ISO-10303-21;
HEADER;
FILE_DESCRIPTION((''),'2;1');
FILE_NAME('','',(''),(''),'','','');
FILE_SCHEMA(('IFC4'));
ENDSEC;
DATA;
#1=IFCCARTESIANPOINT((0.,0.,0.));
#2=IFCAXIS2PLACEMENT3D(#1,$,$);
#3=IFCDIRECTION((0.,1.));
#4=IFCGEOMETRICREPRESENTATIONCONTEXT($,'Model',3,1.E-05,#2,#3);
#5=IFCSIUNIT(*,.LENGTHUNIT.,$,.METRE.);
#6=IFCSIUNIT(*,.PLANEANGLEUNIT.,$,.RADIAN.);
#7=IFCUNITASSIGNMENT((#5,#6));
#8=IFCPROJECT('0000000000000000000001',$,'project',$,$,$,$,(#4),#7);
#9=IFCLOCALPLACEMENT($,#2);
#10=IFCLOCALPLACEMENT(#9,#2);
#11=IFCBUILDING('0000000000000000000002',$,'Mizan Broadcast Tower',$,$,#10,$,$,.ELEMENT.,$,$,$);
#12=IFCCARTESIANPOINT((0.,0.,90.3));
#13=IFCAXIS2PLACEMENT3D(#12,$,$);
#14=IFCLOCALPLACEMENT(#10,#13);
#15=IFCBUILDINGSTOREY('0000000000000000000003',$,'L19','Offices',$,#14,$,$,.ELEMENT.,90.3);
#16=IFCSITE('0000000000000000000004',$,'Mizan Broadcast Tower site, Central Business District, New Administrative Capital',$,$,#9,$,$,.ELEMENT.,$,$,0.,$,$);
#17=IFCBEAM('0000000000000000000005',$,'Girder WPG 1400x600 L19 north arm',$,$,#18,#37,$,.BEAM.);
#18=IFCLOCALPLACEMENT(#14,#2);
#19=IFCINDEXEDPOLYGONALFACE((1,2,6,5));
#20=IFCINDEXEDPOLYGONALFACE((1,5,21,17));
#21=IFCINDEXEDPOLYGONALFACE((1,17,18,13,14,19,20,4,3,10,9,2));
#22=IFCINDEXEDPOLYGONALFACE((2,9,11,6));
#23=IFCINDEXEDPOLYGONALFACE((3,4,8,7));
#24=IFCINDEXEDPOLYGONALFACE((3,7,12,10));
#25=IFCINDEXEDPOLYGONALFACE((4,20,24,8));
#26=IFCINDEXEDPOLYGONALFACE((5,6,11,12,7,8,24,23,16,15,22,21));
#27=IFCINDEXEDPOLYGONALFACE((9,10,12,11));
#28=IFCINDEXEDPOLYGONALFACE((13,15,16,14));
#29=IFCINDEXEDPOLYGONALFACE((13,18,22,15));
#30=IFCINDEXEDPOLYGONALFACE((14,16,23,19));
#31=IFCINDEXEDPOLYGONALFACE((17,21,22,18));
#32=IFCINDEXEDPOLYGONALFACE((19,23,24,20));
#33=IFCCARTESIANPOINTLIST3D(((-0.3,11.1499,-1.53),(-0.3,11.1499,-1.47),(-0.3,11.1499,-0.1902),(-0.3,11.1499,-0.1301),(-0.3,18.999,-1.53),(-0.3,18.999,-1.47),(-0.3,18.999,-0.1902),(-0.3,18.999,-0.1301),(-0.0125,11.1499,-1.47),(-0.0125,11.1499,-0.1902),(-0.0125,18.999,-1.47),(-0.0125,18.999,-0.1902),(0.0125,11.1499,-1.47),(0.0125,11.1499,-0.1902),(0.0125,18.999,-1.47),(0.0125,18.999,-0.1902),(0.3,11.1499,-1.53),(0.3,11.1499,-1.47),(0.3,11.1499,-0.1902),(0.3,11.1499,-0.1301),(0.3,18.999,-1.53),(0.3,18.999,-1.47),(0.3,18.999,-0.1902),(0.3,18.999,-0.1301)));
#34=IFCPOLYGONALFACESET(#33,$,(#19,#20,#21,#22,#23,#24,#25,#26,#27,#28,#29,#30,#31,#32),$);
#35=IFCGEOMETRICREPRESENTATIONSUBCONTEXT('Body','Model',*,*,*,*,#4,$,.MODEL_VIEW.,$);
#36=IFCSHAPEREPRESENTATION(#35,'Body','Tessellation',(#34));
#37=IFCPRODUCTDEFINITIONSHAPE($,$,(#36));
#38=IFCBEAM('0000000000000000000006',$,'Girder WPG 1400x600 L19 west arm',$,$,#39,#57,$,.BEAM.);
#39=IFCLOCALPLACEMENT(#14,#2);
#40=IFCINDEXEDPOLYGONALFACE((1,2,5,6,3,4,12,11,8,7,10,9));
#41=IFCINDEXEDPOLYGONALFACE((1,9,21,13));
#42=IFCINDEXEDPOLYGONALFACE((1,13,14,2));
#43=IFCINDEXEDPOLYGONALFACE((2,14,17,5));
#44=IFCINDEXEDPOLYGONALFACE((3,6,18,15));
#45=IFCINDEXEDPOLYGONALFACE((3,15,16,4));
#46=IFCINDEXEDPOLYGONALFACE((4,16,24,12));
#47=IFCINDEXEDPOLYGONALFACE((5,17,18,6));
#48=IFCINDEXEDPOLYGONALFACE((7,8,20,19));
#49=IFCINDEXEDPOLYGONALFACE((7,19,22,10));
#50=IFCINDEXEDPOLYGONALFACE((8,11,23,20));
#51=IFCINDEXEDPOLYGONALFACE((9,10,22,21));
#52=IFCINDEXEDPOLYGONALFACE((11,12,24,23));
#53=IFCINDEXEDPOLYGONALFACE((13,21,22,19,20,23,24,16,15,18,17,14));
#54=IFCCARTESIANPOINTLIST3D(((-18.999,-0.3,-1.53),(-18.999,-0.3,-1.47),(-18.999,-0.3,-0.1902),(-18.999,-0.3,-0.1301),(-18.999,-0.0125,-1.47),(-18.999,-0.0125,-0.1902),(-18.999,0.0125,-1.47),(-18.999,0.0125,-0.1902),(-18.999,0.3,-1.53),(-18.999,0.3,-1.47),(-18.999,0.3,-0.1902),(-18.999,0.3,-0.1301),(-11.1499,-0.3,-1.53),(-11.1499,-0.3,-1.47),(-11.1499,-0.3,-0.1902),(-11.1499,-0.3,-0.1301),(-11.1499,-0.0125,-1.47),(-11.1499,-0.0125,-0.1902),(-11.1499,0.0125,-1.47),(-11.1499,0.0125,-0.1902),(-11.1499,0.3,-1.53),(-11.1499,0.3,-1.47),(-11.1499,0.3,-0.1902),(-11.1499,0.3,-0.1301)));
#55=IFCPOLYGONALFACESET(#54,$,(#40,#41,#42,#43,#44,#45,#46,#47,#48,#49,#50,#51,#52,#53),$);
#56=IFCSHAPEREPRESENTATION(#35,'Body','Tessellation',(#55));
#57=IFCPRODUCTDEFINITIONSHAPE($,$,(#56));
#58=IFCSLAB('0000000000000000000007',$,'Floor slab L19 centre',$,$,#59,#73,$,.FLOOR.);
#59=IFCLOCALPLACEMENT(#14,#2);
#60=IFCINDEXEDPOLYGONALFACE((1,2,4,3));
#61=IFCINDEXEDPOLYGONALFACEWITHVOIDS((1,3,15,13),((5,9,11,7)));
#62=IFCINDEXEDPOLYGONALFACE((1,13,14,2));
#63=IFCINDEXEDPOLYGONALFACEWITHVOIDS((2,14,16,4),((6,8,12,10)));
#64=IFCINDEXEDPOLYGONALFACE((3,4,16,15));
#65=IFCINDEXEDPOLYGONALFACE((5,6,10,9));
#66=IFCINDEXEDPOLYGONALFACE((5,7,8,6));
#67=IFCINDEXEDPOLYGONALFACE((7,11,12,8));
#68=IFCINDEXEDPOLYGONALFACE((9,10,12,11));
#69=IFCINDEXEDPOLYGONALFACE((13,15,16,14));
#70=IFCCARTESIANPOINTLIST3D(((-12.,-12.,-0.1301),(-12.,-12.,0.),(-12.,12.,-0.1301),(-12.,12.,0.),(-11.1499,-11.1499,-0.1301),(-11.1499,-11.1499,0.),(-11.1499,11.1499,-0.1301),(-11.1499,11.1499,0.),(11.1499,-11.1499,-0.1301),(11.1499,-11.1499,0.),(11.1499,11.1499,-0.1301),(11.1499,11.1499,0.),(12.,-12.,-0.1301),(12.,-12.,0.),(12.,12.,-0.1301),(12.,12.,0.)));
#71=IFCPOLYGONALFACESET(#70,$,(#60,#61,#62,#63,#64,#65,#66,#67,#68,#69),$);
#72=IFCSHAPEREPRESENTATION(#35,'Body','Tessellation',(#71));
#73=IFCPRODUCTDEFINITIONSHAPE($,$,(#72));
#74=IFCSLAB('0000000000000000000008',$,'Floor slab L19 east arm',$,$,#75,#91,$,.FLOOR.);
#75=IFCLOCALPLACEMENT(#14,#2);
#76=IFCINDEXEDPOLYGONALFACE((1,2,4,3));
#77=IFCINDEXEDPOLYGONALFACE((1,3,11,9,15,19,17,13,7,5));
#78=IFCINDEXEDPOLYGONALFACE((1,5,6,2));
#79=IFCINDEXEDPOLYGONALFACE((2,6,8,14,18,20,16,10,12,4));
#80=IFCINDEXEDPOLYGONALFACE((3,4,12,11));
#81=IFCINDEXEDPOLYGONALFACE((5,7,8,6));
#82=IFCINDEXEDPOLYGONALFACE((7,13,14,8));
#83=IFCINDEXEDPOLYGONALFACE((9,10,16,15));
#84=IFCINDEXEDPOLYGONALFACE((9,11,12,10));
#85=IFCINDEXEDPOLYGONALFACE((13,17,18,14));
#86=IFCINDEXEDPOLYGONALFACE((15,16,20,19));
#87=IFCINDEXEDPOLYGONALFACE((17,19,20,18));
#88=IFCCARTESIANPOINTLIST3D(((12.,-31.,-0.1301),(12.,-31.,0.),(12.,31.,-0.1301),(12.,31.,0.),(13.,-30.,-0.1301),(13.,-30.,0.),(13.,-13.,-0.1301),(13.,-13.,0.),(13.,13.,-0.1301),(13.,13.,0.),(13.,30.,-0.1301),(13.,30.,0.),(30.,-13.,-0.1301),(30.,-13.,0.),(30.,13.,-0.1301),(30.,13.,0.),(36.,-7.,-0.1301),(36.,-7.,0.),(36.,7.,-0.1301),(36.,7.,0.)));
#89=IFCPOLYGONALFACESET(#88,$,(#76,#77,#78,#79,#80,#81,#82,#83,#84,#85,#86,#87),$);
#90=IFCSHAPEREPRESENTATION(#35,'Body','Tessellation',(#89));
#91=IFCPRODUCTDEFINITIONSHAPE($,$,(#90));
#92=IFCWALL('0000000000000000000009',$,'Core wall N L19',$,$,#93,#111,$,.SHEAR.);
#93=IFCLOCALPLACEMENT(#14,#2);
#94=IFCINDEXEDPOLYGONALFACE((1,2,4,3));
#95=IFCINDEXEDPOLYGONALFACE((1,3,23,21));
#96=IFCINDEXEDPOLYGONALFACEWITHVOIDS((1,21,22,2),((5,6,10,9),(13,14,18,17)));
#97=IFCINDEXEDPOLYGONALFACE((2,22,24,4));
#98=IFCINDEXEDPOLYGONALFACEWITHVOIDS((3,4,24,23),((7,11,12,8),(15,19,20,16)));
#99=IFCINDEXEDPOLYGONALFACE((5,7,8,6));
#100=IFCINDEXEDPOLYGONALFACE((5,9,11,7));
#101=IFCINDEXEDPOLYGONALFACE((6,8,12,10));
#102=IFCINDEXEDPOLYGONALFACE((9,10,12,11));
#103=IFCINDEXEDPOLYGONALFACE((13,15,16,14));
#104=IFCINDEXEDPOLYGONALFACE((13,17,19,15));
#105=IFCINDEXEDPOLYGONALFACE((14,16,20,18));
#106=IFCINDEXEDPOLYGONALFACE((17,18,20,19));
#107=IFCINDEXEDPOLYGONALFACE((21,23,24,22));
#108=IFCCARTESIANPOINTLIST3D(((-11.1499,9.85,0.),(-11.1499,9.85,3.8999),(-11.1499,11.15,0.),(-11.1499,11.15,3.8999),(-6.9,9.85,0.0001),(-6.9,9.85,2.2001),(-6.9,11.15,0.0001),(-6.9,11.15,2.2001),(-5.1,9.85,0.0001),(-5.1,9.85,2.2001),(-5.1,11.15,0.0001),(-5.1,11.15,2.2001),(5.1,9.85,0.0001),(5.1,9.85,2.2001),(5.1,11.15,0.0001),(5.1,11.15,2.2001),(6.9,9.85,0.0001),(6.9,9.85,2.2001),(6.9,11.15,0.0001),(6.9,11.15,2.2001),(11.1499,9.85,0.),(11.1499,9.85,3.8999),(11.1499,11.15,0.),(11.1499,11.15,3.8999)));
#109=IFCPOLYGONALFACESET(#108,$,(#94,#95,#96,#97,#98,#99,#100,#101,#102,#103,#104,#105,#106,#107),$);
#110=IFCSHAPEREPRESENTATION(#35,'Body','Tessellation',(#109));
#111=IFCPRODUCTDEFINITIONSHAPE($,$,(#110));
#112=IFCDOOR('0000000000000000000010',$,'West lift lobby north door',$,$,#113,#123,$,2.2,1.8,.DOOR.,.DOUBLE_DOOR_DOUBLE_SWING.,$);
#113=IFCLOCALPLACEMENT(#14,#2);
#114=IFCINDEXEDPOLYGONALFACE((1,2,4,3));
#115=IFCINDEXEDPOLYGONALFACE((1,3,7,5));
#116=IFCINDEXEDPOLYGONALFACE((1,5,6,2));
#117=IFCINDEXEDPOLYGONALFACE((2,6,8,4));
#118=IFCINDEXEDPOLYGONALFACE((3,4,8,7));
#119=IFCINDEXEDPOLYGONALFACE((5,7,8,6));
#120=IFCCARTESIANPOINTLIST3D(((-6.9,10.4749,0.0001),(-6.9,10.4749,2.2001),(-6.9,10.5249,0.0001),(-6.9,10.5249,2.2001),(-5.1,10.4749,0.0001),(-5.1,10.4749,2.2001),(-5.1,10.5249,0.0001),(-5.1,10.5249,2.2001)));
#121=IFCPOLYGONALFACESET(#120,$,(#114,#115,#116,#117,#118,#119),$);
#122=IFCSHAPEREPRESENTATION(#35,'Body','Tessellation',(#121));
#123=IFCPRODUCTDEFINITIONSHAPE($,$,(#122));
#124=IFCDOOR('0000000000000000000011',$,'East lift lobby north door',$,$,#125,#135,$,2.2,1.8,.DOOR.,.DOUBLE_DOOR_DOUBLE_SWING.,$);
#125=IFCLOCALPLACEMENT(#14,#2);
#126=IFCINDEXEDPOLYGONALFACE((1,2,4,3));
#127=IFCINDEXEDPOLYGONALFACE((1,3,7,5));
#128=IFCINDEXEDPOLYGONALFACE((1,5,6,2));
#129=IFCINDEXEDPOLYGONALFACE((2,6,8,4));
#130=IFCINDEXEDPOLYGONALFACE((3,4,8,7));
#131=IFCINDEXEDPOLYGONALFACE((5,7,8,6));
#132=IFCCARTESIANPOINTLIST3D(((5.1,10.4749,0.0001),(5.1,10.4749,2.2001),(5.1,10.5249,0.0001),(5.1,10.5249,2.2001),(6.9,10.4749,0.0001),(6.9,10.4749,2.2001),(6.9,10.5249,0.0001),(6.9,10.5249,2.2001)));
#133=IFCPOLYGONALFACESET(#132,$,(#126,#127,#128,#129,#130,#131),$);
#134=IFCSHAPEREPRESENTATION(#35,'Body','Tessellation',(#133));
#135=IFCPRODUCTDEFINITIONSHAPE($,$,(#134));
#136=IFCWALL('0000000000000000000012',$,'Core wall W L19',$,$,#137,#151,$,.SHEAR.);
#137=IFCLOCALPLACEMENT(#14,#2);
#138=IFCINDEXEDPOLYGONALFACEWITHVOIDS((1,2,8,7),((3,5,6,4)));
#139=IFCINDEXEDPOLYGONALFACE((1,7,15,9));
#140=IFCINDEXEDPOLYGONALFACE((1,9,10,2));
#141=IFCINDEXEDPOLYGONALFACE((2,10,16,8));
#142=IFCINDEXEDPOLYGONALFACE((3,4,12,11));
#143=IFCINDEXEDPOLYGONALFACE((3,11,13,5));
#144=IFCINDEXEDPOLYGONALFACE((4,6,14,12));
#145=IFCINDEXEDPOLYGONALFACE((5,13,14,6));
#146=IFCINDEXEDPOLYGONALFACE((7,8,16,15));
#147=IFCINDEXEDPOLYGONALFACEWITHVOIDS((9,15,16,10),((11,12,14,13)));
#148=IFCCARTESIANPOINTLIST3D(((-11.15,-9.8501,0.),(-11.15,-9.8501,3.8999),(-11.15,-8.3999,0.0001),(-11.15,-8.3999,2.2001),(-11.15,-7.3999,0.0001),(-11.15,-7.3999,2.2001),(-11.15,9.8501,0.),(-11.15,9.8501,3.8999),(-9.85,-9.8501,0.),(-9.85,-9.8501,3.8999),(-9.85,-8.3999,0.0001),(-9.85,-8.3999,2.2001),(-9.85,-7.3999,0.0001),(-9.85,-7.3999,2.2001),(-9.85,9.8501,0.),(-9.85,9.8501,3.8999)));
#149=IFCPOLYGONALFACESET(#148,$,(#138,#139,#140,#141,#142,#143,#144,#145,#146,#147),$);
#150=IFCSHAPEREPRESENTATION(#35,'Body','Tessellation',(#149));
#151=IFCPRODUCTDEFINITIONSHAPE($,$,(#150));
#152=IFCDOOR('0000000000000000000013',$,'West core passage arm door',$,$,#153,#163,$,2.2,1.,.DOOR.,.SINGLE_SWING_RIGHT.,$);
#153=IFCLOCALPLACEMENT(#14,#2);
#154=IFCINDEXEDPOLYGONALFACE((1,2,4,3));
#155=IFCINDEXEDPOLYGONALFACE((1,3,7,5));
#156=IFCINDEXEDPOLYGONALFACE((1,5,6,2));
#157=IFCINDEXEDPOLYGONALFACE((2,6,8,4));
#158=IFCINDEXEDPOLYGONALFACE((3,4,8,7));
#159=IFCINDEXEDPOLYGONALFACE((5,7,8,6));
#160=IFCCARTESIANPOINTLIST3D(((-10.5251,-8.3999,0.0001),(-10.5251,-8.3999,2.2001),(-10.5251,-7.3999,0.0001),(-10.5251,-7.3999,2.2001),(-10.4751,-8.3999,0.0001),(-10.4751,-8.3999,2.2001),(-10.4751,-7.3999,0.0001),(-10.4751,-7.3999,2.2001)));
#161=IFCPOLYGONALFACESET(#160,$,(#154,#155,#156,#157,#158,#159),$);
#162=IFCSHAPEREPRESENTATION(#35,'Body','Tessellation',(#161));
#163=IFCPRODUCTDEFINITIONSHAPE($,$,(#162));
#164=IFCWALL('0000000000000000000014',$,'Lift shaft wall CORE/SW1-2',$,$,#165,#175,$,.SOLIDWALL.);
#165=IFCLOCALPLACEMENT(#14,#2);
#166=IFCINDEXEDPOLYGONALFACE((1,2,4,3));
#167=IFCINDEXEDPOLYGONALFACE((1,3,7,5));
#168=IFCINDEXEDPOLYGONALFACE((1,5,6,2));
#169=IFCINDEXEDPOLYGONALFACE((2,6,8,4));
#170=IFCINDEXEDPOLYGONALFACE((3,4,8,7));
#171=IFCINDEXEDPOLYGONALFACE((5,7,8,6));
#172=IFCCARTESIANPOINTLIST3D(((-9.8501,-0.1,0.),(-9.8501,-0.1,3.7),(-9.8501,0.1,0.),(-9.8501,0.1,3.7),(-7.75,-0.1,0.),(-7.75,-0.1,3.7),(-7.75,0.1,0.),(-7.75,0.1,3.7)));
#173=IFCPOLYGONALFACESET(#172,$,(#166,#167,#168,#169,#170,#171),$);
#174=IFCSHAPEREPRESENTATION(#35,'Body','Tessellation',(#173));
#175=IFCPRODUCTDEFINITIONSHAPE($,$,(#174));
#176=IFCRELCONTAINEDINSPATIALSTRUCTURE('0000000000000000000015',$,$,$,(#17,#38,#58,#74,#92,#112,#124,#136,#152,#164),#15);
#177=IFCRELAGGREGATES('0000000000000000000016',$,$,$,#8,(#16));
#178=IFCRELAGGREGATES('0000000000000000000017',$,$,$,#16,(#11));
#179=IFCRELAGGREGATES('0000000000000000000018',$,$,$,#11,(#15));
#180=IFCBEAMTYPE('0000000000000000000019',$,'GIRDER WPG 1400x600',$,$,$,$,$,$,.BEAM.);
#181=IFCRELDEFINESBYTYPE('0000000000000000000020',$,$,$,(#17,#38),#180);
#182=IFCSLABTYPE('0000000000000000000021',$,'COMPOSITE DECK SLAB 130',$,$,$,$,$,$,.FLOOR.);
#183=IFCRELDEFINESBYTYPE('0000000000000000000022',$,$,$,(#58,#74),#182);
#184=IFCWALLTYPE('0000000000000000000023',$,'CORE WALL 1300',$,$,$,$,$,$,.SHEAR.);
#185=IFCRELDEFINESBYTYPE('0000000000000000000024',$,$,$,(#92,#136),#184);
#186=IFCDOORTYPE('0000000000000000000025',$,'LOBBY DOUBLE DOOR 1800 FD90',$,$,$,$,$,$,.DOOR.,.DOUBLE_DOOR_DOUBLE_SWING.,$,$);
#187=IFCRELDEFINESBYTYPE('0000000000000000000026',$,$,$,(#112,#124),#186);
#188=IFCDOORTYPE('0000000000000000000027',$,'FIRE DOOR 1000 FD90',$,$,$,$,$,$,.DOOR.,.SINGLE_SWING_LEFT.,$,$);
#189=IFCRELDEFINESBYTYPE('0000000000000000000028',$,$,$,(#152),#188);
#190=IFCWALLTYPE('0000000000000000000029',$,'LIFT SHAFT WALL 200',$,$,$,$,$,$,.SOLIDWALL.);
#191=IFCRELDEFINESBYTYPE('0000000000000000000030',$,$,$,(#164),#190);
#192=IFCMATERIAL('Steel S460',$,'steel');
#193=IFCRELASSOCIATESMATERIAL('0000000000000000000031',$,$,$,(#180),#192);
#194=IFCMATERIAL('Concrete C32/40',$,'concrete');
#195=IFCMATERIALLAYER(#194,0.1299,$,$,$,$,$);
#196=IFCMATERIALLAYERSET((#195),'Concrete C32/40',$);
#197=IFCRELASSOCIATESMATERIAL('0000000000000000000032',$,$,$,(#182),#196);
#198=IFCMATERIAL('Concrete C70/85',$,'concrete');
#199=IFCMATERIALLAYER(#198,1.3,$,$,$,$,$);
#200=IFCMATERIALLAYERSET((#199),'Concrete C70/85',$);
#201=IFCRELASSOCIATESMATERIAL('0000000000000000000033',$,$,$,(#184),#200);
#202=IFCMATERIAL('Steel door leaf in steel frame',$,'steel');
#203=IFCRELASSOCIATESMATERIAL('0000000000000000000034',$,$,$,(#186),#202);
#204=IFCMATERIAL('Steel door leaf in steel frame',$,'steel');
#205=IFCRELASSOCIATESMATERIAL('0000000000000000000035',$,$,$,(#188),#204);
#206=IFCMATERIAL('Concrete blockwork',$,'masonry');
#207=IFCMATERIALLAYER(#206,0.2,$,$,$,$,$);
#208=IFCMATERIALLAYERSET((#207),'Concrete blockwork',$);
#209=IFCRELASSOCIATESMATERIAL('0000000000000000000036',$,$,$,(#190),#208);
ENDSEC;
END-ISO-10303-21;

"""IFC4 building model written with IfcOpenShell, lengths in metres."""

from ifc_helpers import new_model, si_unit, direction, frame, frame_2d, origin, origin_2d, place, context, subcontext, project, spatial, polyline, rectangle, i_section, outline, extrude, material, layer, layer_set, material_profile, profile_set, type_object, element, fill, save


model = new_model("IFC4")

# Units and contexts
model_context = context("Model", 3, precision=1e-05, world=origin(), true_north=direction((0.0, 1.0)))
body_context = subcontext(model_context, "Body", "Model", "MODEL_VIEW")
ifc_project = project(units=[si_unit("LENGTHUNIT", "METRE"), si_unit("PLANEANGLEUNIT", "RADIAN")], contexts=[model_context])

# Site, building, storey
site_placement = place(None, origin())
site = spatial("IfcSite", under=ifc_project, at=site_placement, Name="Mizan Broadcast Tower site, Central Business District, New Administrative Capital", CompositionType="ELEMENT", RefElevation=0.0)
building_placement = place(site_placement, origin())
building = spatial("IfcBuilding", under=site, at=building_placement, Name="Mizan Broadcast Tower", CompositionType="ELEMENT")
storey_placement = place(building_placement, frame((0.0, 0.0, 90.3)))
storey = spatial("IfcBuildingStorey", under=building, at=storey_placement, Name="L19", Description="Offices", CompositionType="ELEMENT", Elevation=90.3)

# Beams
ifc_material_1 = material(Name="Steel S460", Category="steel")
ifc_material_profile = material_profile(ifc_material_1, i_section(OverallWidth=0.6001, OverallDepth=1.3999, WebThickness=0.0249, FlangeThickness=0.0601, at=origin_2d()), Name="WPG 1400x600")
ifc_profile_set = profile_set([ifc_material_profile], Name="Steel S460")
beam_type = type_object("IfcBeamType", Name="GIRDER WPG 1400x600", PredefinedType="BEAM", material=ifc_profile_set)
for number, where, z_axis, x_axis, name in (
    (1, (0.0, 11.1499, -0.8301), (0.0, 1.0, 0.0), (-1.0, 0.0, 0.0), "Girder WPG 1400x600 L19 north arm"),
    (2, (-11.1499, 0.0, -0.8301), (-1.0, 0.0, 0.0), (0.0, -1.0, 0.0), "Girder WPG 1400x600 L19 west arm"),
):
    element("IfcBeam", number, at=place(storey_placement, frame(where, z_axis=z_axis, x_axis=x_axis)), inside=storey, type_object=beam_type, Name=name, PredefinedType="BEAM", context=body_context, shape_type="SweptSolid", body=[
        extrude(i_section(OverallWidth=0.6001, OverallDepth=1.3999, WebThickness=0.0249, FlangeThickness=0.0601, at=origin_2d()), origin(), (0.0, 0.0, 1.0), 7.8491),
    ])

# Slabs
ifc_material_2 = material(Name="Concrete C32/40", Category="concrete")
ifc_layer_1 = layer(ifc_material_2, 0.1299)
ifc_layer_set_1 = layer_set([ifc_layer_1], Name="Concrete C32/40")
slab_type = type_object("IfcSlabType", Name="COMPOSITE DECK SLAB 130", PredefinedType="FLOOR", material=ifc_layer_set_1)
slab_1_placement = place(storey_placement, frame((0.0, 0.0, -0.1301)))
element("IfcSlab", 3, at=slab_1_placement, inside=storey, type_object=slab_type, Name="Floor slab L19 centre", PredefinedType="FLOOR", context=body_context, shape_type="SweptSolid", body=[
    extrude(outline(polyline([(-12.0, -12.0), (12.0, -12.0), (12.0, 12.0), (-12.0, 12.0), (-12.0, -12.0)]), holes=[polyline([(-11.1499, 11.1499), (11.1499, 11.1499), (11.1499, -11.1499), (-11.1499, -11.1499), (-11.1499, 11.1499)])]), origin(), (0.0, 0.0, 1.0), 0.1301),
])
slab_2_placement = place(storey_placement, frame((0.0, 0.0, -0.1301)))
element("IfcSlab", 4, at=slab_2_placement, inside=storey, type_object=slab_type, Name="Floor slab L19 east arm", PredefinedType="FLOOR", context=body_context, shape_type="SweptSolid", body=[
    extrude(outline(polyline([(12.0, -31.0), (13.0, -30.0), (13.0, -13.0), (30.0, -13.0), (36.0, -7.0), (36.0, 7.0), (30.0, 13.0), (13.0, 13.0), (13.0, 30.0), (12.0, 31.0), (12.0, -31.0)])), origin(), (0.0, 0.0, 1.0), 0.1301),
])

# Wall, openings, doors
ifc_material_3 = material(Name="Concrete C70/85", Category="concrete")
ifc_layer_2 = layer(ifc_material_3, 1.3)
ifc_layer_set_2 = layer_set([ifc_layer_2], Name="Concrete C70/85")
wall_type_1 = type_object("IfcWallType", Name="CORE WALL 1300", PredefinedType="SHEAR", material=ifc_layer_set_2)
wall_1_placement = place(storey_placement, frame((-11.1499, 10.5, 0.0), z_axis=(0.0, 0.0, 1.0), x_axis=(1.0, 0.0, 0.0)))
wall_1 = element("IfcWall", 5, at=wall_1_placement, inside=storey, type_object=wall_type_1, Name="Core wall N L19", PredefinedType="SHEAR", context=body_context, shape_type="SweptSolid", body=[
    extrude(rectangle(XDim=22.2998, YDim=1.3, at=frame_2d((11.1499, 0.0))), origin(), (0.0, 0.0, 1.0), 3.8999),
])
opening_1_placement = place(wall_1_placement, frame((4.25, 0.0, 0.0)))
opening_1 = element("IfcOpeningElement", 6, at=opening_1_placement, cuts=wall_1, PredefinedType="OPENING", context=body_context, shape_type="SweptSolid", body=[
    extrude(rectangle(XDim=1.8, YDim=2.2, at=frame_2d((0.8999, 1.1001))), frame((0.0, 0.6599, 0.0), z_axis=(0.0, -1.0, 0.0), x_axis=(1.0, 0.0, 0.0)), (0.0, 0.0, 1.0), 1.3201),
])
opening_2_placement = place(wall_1_placement, frame((16.25, 0.0, 0.0)))
opening_2 = element("IfcOpeningElement", 7, at=opening_2_placement, cuts=wall_1, PredefinedType="OPENING", context=body_context, shape_type="SweptSolid", body=[
    extrude(rectangle(XDim=1.8, YDim=2.2, at=frame_2d((0.8999, 1.1001))), frame((0.0, 0.6599, 0.0), z_axis=(0.0, -1.0, 0.0), x_axis=(1.0, 0.0, 0.0)), (0.0, 0.0, 1.0), 1.3201),
])
ifc_material_4 = material(Name="Steel door leaf in steel frame", Category="steel")
door_type_1 = type_object("IfcDoorType", Name="LOBBY DOUBLE DOOR 1800 FD90", OperationType="DOUBLE_DOOR_DOUBLE_SWING", PredefinedType="DOOR", material=ifc_material_4)
door_1_placement = place(opening_1_placement, origin())
door_1 = element("IfcDoor", 8, at=door_1_placement, inside=storey, type_object=door_type_1, Name="West lift lobby north door", OperationType="DOUBLE_DOOR_DOUBLE_SWING", OverallHeight=2.2, OverallWidth=1.8, PredefinedType="DOOR", context=body_context, shape_type="SweptSolid", body=[
    extrude(rectangle(XDim=1.8, YDim=2.2, at=frame_2d((0.8999, 1.1001))), frame((0.0, 0.0249, 0.0), z_axis=(0.0, -1.0, 0.0), x_axis=(1.0, 0.0, 0.0)), (0.0, 0.0, 1.0), 0.05),
])
fill(opening_1, door_1)
door_2_placement = place(opening_2_placement, origin())
door_2 = element("IfcDoor", 9, at=door_2_placement, inside=storey, type_object=door_type_1, Name="East lift lobby north door", OperationType="DOUBLE_DOOR_DOUBLE_SWING", OverallHeight=2.2, OverallWidth=1.8, PredefinedType="DOOR", context=body_context, shape_type="SweptSolid", body=[
    extrude(rectangle(XDim=1.8, YDim=2.2, at=frame_2d((0.8999, 1.1001))), frame((0.0, 0.0249, 0.0), z_axis=(0.0, -1.0, 0.0), x_axis=(1.0, 0.0, 0.0)), (0.0, 0.0, 1.0), 0.05),
])
fill(opening_2, door_2)

# Wall, opening, door
wall_2_placement = place(storey_placement, frame((-10.5, 9.8501, 0.0), z_axis=(0.0, 0.0, 1.0), x_axis=(0.0, -1.0, 0.0)))
wall_2 = element("IfcWall", 10, at=wall_2_placement, inside=storey, type_object=wall_type_1, Name="Core wall W L19", PredefinedType="SHEAR", context=body_context, shape_type="SweptSolid", body=[
    extrude(rectangle(XDim=19.7002, YDim=1.3, at=frame_2d((9.8501, 0.0))), origin(), (0.0, 0.0, 1.0), 3.8999),
])
opening_3_placement = place(wall_2_placement, frame((17.25, 0.0, 0.0)))
opening_3 = element("IfcOpeningElement", 11, at=opening_3_placement, cuts=wall_2, PredefinedType="OPENING", context=body_context, shape_type="SweptSolid", body=[
    extrude(rectangle(XDim=1.0, YDim=2.2, at=frame_2d((0.5, 1.1001))), frame((0.0, 0.6599, 0.0), z_axis=(0.0, -1.0, 0.0), x_axis=(1.0, 0.0, 0.0)), (0.0, 0.0, 1.0), 1.3201),
])
ifc_material_5 = material(Name="Steel door leaf in steel frame", Category="steel")
door_type_2 = type_object("IfcDoorType", Name="FIRE DOOR 1000 FD90", OperationType="SINGLE_SWING_LEFT", PredefinedType="DOOR", material=ifc_material_5)
door_3_placement = place(opening_3_placement, origin())
door_3 = element("IfcDoor", 12, at=door_3_placement, inside=storey, type_object=door_type_2, Name="West core passage arm door", OperationType="SINGLE_SWING_RIGHT", OverallHeight=2.2, OverallWidth=1.0, PredefinedType="DOOR", context=body_context, shape_type="SweptSolid", body=[
    extrude(rectangle(XDim=1.0, YDim=2.2, at=frame_2d((0.5, 1.1001))), frame((0.0, 0.0249, 0.0), z_axis=(0.0, -1.0, 0.0), x_axis=(1.0, 0.0, 0.0)), (0.0, 0.0, 1.0), 0.05),
])
fill(opening_3, door_3)

# Wall
ifc_material_6 = material(Name="Concrete blockwork", Category="masonry")
ifc_layer_3 = layer(ifc_material_6, 0.2)
ifc_layer_set_3 = layer_set([ifc_layer_3], Name="Concrete blockwork")
wall_type_2 = type_object("IfcWallType", Name="LIFT SHAFT WALL 200", PredefinedType="SOLIDWALL", material=ifc_layer_set_3)
for number, where, z_axis, x_axis, name in (
    (13, (-9.8501, 0.0, 0.0), (0.0, 0.0, 1.0), (1.0, 0.0, 0.0), "Lift shaft wall CORE/SW1-2"),
):
    element("IfcWall", number, at=place(storey_placement, frame(where, z_axis=z_axis, x_axis=x_axis)), inside=storey, type_object=wall_type_2, Name=name, PredefinedType="SOLIDWALL", context=body_context, shape_type="SweptSolid", body=[
        extrude(rectangle(XDim=2.1001, YDim=0.2, at=frame_2d((1.05, 0.0))), origin(), (0.0, 0.0, 1.0), 3.7),
    ])

save(model, "model.ifc")
